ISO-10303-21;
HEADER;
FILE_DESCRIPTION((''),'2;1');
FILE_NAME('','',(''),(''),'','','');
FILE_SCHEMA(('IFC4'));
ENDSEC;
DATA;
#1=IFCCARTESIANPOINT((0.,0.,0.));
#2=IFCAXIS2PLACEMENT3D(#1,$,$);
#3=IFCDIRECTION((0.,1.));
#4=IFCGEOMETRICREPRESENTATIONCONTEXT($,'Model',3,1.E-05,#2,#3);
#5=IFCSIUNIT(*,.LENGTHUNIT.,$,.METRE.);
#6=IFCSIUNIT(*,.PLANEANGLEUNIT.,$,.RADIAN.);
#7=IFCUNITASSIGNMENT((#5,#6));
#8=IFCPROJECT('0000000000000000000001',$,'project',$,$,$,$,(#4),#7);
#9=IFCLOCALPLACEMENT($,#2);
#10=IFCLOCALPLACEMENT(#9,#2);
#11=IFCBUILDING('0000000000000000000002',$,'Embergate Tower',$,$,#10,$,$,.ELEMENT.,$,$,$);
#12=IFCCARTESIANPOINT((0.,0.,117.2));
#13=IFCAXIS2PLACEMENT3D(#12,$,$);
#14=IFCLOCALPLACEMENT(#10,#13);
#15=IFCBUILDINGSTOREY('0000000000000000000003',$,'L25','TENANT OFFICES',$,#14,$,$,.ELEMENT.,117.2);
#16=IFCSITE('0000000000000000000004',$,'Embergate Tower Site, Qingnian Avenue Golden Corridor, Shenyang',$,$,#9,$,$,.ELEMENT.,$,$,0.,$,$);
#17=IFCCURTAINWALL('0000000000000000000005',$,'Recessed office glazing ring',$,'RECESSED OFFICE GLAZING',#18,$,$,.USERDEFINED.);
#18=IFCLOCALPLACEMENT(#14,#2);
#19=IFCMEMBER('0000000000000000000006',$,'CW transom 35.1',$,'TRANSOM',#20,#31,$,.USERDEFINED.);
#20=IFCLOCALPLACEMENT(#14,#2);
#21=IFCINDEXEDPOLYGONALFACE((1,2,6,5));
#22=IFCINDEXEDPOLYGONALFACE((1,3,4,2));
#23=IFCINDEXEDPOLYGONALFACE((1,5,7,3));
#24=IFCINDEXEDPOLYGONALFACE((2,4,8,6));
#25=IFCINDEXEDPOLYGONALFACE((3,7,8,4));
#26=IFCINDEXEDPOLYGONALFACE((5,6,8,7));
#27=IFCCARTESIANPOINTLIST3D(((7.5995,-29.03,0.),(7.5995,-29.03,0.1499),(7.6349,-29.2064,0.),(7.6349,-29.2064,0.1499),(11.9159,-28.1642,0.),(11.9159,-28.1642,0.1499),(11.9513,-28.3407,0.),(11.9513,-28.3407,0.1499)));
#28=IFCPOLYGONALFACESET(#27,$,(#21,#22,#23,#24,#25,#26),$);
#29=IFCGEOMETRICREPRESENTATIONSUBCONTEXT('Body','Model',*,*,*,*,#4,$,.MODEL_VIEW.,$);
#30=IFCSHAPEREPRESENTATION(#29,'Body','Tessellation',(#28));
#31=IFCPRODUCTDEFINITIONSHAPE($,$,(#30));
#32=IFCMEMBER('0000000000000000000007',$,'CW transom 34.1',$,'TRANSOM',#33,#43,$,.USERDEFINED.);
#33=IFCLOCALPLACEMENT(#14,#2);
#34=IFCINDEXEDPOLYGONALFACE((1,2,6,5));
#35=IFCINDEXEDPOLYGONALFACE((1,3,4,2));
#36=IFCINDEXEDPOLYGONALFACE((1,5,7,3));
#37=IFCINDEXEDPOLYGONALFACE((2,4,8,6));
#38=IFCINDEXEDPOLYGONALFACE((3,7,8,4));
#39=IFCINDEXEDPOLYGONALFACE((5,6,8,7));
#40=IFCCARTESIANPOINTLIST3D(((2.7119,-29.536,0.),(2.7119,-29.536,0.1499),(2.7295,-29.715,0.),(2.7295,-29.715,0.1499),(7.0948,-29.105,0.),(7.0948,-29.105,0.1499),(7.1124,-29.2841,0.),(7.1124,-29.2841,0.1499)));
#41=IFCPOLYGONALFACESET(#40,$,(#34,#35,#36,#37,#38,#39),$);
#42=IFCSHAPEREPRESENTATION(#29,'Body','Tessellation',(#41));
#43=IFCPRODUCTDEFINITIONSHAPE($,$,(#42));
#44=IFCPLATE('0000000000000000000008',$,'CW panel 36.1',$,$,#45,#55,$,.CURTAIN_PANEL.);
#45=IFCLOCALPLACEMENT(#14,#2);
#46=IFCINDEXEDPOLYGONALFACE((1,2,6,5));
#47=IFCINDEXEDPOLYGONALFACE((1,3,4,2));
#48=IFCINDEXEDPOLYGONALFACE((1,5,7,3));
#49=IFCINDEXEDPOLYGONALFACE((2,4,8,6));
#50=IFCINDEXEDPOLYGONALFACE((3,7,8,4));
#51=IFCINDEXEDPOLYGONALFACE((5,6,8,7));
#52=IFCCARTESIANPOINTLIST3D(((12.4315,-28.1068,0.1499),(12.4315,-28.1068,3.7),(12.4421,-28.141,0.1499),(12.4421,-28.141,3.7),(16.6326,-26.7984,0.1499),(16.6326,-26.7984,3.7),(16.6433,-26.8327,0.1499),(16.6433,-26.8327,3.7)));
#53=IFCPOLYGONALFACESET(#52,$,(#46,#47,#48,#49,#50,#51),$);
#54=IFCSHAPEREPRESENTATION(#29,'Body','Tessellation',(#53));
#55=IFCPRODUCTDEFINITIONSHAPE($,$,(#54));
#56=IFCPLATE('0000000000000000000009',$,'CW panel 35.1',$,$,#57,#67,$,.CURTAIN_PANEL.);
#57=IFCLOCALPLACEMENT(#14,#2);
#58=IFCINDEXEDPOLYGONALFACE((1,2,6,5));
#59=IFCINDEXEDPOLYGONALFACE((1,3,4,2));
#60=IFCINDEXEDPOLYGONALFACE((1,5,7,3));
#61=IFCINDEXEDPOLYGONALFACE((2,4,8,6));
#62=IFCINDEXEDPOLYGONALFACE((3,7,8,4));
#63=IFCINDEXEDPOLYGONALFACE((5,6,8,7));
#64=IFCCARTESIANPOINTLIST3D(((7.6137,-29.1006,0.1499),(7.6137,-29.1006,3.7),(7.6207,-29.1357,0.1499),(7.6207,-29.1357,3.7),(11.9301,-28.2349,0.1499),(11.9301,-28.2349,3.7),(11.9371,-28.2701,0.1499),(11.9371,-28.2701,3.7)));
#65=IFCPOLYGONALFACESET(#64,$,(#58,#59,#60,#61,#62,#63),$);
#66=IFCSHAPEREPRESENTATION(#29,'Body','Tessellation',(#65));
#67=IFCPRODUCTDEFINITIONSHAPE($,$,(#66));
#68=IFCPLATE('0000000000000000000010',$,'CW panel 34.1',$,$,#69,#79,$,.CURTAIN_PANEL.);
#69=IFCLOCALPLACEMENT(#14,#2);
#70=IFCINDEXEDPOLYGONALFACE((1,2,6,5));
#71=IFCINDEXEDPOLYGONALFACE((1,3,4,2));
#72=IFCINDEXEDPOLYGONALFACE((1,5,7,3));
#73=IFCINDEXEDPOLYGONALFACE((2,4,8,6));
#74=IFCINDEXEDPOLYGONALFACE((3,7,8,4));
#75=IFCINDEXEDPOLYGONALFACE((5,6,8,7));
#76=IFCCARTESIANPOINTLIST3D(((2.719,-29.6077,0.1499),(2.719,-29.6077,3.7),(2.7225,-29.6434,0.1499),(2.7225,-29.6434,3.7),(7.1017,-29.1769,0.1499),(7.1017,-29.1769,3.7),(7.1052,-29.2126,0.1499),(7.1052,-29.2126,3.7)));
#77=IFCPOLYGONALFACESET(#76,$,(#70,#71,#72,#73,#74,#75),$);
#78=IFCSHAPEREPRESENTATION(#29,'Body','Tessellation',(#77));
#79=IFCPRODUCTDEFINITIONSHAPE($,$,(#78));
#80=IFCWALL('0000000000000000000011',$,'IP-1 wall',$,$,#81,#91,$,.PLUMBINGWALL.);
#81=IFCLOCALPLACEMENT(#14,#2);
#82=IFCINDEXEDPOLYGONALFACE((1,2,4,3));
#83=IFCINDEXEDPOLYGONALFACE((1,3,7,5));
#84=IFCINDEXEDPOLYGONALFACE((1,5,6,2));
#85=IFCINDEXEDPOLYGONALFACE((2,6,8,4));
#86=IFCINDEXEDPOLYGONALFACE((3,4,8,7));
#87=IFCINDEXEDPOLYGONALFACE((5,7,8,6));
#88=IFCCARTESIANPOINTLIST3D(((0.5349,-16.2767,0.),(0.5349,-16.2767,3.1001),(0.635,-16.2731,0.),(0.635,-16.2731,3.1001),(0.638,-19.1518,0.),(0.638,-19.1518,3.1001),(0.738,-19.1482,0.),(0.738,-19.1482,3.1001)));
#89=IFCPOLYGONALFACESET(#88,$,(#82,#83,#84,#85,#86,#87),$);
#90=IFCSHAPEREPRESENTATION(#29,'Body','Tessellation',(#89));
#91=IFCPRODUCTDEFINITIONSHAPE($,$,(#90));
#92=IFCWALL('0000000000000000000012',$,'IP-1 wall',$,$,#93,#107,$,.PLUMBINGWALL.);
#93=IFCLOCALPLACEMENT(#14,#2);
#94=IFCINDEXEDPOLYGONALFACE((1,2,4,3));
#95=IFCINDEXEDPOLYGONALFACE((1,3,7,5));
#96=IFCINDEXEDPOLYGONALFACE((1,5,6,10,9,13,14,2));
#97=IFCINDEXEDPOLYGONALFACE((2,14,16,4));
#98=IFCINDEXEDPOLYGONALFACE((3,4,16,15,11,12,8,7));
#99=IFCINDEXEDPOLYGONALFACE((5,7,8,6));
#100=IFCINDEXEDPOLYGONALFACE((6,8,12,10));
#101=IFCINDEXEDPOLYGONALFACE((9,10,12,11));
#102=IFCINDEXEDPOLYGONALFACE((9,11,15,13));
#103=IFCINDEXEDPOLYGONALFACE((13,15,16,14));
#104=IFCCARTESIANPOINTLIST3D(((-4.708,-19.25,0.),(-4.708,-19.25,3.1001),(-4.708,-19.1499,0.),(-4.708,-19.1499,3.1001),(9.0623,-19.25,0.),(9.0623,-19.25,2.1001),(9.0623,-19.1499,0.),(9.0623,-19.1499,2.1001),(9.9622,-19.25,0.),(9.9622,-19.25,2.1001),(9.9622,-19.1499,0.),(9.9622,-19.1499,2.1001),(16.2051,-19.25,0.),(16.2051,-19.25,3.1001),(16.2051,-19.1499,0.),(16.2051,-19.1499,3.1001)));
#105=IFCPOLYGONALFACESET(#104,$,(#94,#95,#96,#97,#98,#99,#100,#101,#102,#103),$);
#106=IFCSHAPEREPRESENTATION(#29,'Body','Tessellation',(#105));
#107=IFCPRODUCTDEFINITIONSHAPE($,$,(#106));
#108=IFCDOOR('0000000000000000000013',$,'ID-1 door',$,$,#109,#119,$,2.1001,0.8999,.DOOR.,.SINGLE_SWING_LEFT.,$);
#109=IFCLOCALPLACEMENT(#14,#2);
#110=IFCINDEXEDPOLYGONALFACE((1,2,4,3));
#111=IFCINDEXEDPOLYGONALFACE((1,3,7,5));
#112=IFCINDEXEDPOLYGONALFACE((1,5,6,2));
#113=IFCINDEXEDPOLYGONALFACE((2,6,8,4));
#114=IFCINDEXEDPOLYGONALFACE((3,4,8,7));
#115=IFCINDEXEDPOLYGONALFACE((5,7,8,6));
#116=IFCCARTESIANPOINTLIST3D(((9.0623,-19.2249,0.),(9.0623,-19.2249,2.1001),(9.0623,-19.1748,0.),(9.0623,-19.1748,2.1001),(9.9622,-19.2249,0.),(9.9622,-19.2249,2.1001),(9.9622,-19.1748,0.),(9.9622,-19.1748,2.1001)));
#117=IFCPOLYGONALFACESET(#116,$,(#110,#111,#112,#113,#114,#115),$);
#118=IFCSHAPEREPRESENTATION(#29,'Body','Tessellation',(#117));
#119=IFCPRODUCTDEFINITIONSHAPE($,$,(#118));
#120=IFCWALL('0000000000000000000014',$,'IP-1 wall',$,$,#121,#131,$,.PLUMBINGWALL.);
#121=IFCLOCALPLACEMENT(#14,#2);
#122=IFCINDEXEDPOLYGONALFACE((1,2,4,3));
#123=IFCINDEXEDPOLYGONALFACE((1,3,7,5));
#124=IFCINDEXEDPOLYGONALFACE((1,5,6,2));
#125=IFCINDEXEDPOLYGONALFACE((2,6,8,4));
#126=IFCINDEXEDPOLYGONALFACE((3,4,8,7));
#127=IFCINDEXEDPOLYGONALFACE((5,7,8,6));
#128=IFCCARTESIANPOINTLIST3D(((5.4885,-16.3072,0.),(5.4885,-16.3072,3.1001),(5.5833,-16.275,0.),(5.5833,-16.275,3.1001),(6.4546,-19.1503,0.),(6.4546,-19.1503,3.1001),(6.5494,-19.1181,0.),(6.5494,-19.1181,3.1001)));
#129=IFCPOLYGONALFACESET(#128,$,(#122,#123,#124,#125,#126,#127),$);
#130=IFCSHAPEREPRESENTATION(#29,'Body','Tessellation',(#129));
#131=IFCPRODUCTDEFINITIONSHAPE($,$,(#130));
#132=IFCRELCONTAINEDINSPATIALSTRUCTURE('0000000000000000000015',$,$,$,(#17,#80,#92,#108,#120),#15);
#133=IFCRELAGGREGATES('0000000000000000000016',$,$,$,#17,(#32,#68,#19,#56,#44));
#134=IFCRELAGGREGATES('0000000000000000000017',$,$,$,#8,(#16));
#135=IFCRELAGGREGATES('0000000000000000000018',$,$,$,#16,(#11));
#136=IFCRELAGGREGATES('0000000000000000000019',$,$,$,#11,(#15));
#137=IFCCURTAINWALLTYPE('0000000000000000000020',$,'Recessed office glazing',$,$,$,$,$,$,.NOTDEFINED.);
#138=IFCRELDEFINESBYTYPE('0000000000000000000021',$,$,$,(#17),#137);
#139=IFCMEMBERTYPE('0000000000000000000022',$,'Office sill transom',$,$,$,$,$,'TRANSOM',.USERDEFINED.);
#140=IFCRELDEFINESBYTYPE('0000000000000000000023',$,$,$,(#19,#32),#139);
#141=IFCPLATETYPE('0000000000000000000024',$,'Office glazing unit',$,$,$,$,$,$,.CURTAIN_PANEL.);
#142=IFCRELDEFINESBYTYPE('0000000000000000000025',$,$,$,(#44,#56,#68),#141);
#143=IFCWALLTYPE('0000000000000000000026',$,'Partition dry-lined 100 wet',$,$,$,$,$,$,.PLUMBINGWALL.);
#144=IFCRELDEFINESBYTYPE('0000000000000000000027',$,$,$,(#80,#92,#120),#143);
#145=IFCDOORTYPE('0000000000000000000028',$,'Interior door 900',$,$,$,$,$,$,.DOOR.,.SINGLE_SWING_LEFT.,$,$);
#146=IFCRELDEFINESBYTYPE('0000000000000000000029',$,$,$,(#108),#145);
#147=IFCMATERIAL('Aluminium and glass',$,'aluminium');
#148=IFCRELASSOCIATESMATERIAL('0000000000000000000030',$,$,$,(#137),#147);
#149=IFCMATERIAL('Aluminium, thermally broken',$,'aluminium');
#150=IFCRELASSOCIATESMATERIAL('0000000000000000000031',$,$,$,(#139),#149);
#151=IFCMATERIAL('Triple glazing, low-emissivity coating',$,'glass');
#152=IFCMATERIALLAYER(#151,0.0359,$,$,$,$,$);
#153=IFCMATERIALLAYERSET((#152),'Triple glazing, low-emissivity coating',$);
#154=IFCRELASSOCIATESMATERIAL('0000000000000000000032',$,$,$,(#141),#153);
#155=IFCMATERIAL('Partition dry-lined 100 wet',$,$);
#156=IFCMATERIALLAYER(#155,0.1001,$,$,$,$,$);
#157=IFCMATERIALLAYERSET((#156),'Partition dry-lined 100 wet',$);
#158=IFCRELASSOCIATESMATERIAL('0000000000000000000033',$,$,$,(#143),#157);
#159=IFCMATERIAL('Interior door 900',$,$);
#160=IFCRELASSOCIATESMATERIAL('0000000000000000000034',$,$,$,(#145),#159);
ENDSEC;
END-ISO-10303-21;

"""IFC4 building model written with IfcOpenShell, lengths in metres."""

from ifc_helpers import new_model, si_unit, direction, frame, frame_2d, origin, origin_2d, place, context, subcontext, project, spatial, rectangle, extrude, source, transform, mapped, material, layer, layer_set, material_profile, profile_set, type_object, element, fill, aggregate, save


model = new_model("IFC4")

# Units and contexts
model_context = context("Model", 3, precision=1e-05, world=origin(), true_north=direction((0.0, 1.0)))
body_context = subcontext(model_context, "Body", "Model", "MODEL_VIEW")
ifc_project = project(units=[si_unit("LENGTHUNIT", "METRE"), si_unit("PLANEANGLEUNIT", "RADIAN")], contexts=[model_context])

# Site, building, storey
site_placement = place(None, origin())
site = spatial("IfcSite", under=ifc_project, at=site_placement, Name="Embergate Tower Site, Qingnian Avenue Golden Corridor, Shenyang", CompositionType="ELEMENT", RefElevation=0.0)
building_placement = place(site_placement, origin())
building = spatial("IfcBuilding", under=site, at=building_placement, Name="Embergate Tower", CompositionType="ELEMENT")
storey_placement = place(building_placement, frame((0.0, 0.0, 117.2)))
storey = spatial("IfcBuildingStorey", under=building, at=storey_placement, Name="L25", Description="TENANT OFFICES", CompositionType="ELEMENT", Elevation=117.2)

# Curtain wall, members, plates
ifc_material_1 = material(Name="Aluminium and glass", Category="aluminium")
curtain_wall_type = type_object("IfcCurtainWallType", Name="Recessed office glazing", PredefinedType="NOTDEFINED", material=ifc_material_1)
curtain_wall_placement = place(storey_placement, origin())
curtain_wall = element("IfcCurtainWall", 1, at=curtain_wall_placement, inside=storey, type_object=curtain_wall_type, Name="Recessed office glazing ring", ObjectType="RECESSED OFFICE GLAZING", PredefinedType="USERDEFINED")
ifc_material_2 = material(Name="Aluminium, thermally broken", Category="aluminium")
ifc_material_profile_1 = material_profile(ifc_material_2, rectangle(XDim=0.1799, YDim=0.1499, at=origin_2d()), Name="AL 150x180")
ifc_profile_set_1 = profile_set([ifc_material_profile_1], Name="Aluminium, thermally broken")
member_type_1 = type_object("IfcMemberType", Name="Office sill transom", ElementType="TRANSOM", PredefinedType="USERDEFINED", material=ifc_profile_set_1)
shared_shape_1 = source(origin(), body_context, "Body", "SweptSolid", [
    extrude(rectangle(XDim=0.1799, YDim=0.1499, at=origin_2d()), origin(), (0.0, 0.0, 1.0), 4.4023),
])
member_1_placement = place(storey_placement, frame((7.6172, -29.1182, 0.075), z_axis=(0.980474, 0.196649, 0.0), x_axis=(-0.196649, 0.980474, 0.0)))
member_1 = element("IfcMember", 2, at=member_1_placement, type_object=member_type_1, Name="CW transom 35.1", ObjectType="TRANSOM", PredefinedType="USERDEFINED", context=body_context, shape_type="MappedRepresentation", body=[
    mapped(shared_shape_1, transform((0.0, 0.0, 0.0))),
])
shared_shape_2 = source(origin(), body_context, "Body", "SweptSolid", [
    extrude(rectangle(XDim=0.1799, YDim=0.1499, at=origin_2d()), origin(), (0.0, 0.0, 1.0), 4.4041),
])
member_2_placement = place(storey_placement, frame((2.7207, -29.6255, 0.075), z_axis=(0.995202, 0.097846, 0.0), x_axis=(-0.097846, 0.995202, 0.0)))
member_2 = element("IfcMember", 3, at=member_2_placement, type_object=member_type_1, Name="CW transom 34.1", ObjectType="TRANSOM", PredefinedType="USERDEFINED", context=body_context, shape_type="MappedRepresentation", body=[
    mapped(shared_shape_2, transform((0.0, 0.0, 0.0))),
])
ifc_material_3 = material(Name="Triple glazing, low-emissivity coating", Category="glass")
ifc_layer_1 = layer(ifc_material_3, 0.0359)
ifc_layer_set_1 = layer_set([ifc_layer_1], Name="Triple glazing, low-emissivity coating")
plate_type = type_object("IfcPlateType", Name="Office glazing unit", PredefinedType="CURTAIN_PANEL", material=ifc_layer_set_1)
shared_shape_3 = source(origin(), body_context, "Body", "SweptSolid", [
    extrude(rectangle(XDim=4.4001, YDim=0.0359, at=origin_2d()), origin(), (0.0, 0.0, 1.0), 3.55),
])
plate_1_placement = place(storey_placement, frame((14.5374, -27.4697, 0.1499), z_axis=(0.0, 0.0, 1.0), x_axis=(0.954771, 0.297342, 0.0)))
plate_1 = element("IfcPlate", 4, at=plate_1_placement, type_object=plate_type, Name="CW panel 36.1", PredefinedType="CURTAIN_PANEL", context=body_context, shape_type="MappedRepresentation", body=[
    mapped(shared_shape_3, transform((0.0, 0.0, 0.0))),
])
shared_shape_4 = source(origin(), body_context, "Body", "SweptSolid", [
    extrude(rectangle(XDim=4.4023, YDim=0.0359, at=origin_2d()), origin(), (0.0, 0.0, 1.0), 3.55),
])
plate_2_placement = place(storey_placement, frame((9.7754, -28.6853, 0.1499), z_axis=(0.0, 0.0, 1.0), x_axis=(0.980475, 0.196643, 0.0)))
plate_2 = element("IfcPlate", 5, at=plate_2_placement, type_object=plate_type, Name="CW panel 35.1", PredefinedType="CURTAIN_PANEL", context=body_context, shape_type="MappedRepresentation", body=[
    mapped(shared_shape_4, transform((0.0, 0.0, 0.0))),
])
shared_shape_5 = source(origin(), body_context, "Body", "SweptSolid", [
    extrude(rectangle(XDim=4.4038, YDim=0.0359, at=origin_2d()), origin(), (0.0, 0.0, 1.0), 3.55),
])
plate_3_placement = place(storey_placement, frame((4.9121, -29.4102, 0.1499), z_axis=(0.0, 0.0, 1.0), x_axis=(0.995203, 0.097831, 0.0)))
plate_3 = element("IfcPlate", 6, at=plate_3_placement, type_object=plate_type, Name="CW panel 34.1", PredefinedType="CURTAIN_PANEL", context=body_context, shape_type="MappedRepresentation", body=[
    mapped(shared_shape_5, transform((0.0, 0.0, 0.0))),
])
aggregate(curtain_wall, [member_2, plate_3, member_1, plate_2, plate_1])

# Wall
ifc_material_4 = material(Name="Partition dry-lined 100 wet")
ifc_layer_2 = layer(ifc_material_4, 0.1001)
ifc_layer_set_2 = layer_set([ifc_layer_2], Name="Partition dry-lined 100 wet")
wall_type = type_object("IfcWallType", Name="Partition dry-lined 100 wet", PredefinedType="PLUMBINGWALL", material=ifc_layer_set_2)
shared_shape_6 = source(origin(), body_context, "Body", "SweptSolid", [
    extrude(rectangle(XDim=2.877, YDim=0.1001, at=frame_2d((1.4385, 0.0))), origin(), (0.0, 0.0, 1.0), 3.1001),
])
wall_1_placement = place(storey_placement, frame((0.585, -16.2749, 0.0), z_axis=(0.0, 0.0, 1.0), x_axis=(0.035813, -0.999359, 0.0)))
element("IfcWall", 7, at=wall_1_placement, inside=storey, type_object=wall_type, Name="IP-1 wall", PredefinedType="PLUMBINGWALL", context=body_context, shape_type="MappedRepresentation", body=[
    mapped(shared_shape_6, transform((0.0, 0.0, 0.0))),
])

# Wall, opening, door
shared_shape_7 = source(origin(), body_context, "Body", "SweptSolid", [
    extrude(rectangle(XDim=20.9131, YDim=0.1001, at=frame_2d((10.4565, 0.0))), origin(), (0.0, 0.0, 1.0), 3.1001),
])
wall_2_placement = place(storey_placement, frame((16.2051, -19.2, 0.0), z_axis=(0.0, 0.0, 1.0), x_axis=(-1.0, 0.0, 0.0)))
wall_2 = element("IfcWall", 8, at=wall_2_placement, inside=storey, type_object=wall_type, Name="IP-1 wall", PredefinedType="PLUMBINGWALL", context=body_context, shape_type="MappedRepresentation", body=[
    mapped(shared_shape_7, transform((0.0, 0.0, 0.0))),
])
shared_shape_8 = source(origin(), body_context, "Body", "SweptSolid", [
    extrude(rectangle(XDim=0.8999, YDim=2.1001, at=frame_2d((0.45, 1.05))), frame((0.0, 0.0601, 0.0), z_axis=(0.0, -1.0, 0.0), x_axis=(1.0, 0.0, 0.0)), (0.0, 0.0, 1.0), 0.1201),
])
opening_placement = place(wall_2_placement, frame((6.2429, 0.0, 0.0)))
opening = element("IfcOpeningElement", 9, at=opening_placement, cuts=wall_2, PredefinedType="OPENING", context=body_context, shape_type="MappedRepresentation", body=[
    mapped(shared_shape_8, transform((0.0, 0.0, 0.0))),
])
ifc_material_5 = material(Name="Interior door 900")
door_type = type_object("IfcDoorType", Name="Interior door 900", OperationType="SINGLE_SWING_LEFT", PredefinedType="DOOR", material=ifc_material_5)
shared_shape_9 = source(origin(), body_context, "Body", "SweptSolid", [
    extrude(rectangle(XDim=0.8999, YDim=2.1001, at=frame_2d((0.45, 1.05))), frame((0.0, 0.0249, 0.0), z_axis=(0.0, -1.0, 0.0), x_axis=(1.0, 0.0, 0.0)), (0.0, 0.0, 1.0), 0.05),
])
door_placement = place(opening_placement, origin())
door = element("IfcDoor", 10, at=door_placement, inside=storey, type_object=door_type, Name="ID-1 door", OperationType="SINGLE_SWING_LEFT", OverallHeight=2.1001, OverallWidth=0.8999, PredefinedType="DOOR", context=body_context, shape_type="MappedRepresentation", body=[
    mapped(shared_shape_9, transform((0.0, 0.0, 0.0))),
])
fill(opening, door)

# Wall
shared_shape_10 = source(origin(), body_context, "Body", "SweptSolid", [
    extrude(rectangle(XDim=3.0027, YDim=0.1001, at=frame_2d((1.5015, 0.0))), origin(), (0.0, 0.0, 1.0), 3.1001),
])
wall_3_placement = place(storey_placement, frame((5.5359, -16.291, 0.0), z_axis=(0.0, 0.0, 1.0), x_axis=(0.321735, -0.94683, 0.0)))
element("IfcWall", 11, at=wall_3_placement, inside=storey, type_object=wall_type, Name="IP-1 wall", PredefinedType="PLUMBINGWALL", context=body_context, shape_type="MappedRepresentation", body=[
    mapped(shared_shape_10, transform((0.0, 0.0, 0.0))),
])

save(model, "model.ifc")
